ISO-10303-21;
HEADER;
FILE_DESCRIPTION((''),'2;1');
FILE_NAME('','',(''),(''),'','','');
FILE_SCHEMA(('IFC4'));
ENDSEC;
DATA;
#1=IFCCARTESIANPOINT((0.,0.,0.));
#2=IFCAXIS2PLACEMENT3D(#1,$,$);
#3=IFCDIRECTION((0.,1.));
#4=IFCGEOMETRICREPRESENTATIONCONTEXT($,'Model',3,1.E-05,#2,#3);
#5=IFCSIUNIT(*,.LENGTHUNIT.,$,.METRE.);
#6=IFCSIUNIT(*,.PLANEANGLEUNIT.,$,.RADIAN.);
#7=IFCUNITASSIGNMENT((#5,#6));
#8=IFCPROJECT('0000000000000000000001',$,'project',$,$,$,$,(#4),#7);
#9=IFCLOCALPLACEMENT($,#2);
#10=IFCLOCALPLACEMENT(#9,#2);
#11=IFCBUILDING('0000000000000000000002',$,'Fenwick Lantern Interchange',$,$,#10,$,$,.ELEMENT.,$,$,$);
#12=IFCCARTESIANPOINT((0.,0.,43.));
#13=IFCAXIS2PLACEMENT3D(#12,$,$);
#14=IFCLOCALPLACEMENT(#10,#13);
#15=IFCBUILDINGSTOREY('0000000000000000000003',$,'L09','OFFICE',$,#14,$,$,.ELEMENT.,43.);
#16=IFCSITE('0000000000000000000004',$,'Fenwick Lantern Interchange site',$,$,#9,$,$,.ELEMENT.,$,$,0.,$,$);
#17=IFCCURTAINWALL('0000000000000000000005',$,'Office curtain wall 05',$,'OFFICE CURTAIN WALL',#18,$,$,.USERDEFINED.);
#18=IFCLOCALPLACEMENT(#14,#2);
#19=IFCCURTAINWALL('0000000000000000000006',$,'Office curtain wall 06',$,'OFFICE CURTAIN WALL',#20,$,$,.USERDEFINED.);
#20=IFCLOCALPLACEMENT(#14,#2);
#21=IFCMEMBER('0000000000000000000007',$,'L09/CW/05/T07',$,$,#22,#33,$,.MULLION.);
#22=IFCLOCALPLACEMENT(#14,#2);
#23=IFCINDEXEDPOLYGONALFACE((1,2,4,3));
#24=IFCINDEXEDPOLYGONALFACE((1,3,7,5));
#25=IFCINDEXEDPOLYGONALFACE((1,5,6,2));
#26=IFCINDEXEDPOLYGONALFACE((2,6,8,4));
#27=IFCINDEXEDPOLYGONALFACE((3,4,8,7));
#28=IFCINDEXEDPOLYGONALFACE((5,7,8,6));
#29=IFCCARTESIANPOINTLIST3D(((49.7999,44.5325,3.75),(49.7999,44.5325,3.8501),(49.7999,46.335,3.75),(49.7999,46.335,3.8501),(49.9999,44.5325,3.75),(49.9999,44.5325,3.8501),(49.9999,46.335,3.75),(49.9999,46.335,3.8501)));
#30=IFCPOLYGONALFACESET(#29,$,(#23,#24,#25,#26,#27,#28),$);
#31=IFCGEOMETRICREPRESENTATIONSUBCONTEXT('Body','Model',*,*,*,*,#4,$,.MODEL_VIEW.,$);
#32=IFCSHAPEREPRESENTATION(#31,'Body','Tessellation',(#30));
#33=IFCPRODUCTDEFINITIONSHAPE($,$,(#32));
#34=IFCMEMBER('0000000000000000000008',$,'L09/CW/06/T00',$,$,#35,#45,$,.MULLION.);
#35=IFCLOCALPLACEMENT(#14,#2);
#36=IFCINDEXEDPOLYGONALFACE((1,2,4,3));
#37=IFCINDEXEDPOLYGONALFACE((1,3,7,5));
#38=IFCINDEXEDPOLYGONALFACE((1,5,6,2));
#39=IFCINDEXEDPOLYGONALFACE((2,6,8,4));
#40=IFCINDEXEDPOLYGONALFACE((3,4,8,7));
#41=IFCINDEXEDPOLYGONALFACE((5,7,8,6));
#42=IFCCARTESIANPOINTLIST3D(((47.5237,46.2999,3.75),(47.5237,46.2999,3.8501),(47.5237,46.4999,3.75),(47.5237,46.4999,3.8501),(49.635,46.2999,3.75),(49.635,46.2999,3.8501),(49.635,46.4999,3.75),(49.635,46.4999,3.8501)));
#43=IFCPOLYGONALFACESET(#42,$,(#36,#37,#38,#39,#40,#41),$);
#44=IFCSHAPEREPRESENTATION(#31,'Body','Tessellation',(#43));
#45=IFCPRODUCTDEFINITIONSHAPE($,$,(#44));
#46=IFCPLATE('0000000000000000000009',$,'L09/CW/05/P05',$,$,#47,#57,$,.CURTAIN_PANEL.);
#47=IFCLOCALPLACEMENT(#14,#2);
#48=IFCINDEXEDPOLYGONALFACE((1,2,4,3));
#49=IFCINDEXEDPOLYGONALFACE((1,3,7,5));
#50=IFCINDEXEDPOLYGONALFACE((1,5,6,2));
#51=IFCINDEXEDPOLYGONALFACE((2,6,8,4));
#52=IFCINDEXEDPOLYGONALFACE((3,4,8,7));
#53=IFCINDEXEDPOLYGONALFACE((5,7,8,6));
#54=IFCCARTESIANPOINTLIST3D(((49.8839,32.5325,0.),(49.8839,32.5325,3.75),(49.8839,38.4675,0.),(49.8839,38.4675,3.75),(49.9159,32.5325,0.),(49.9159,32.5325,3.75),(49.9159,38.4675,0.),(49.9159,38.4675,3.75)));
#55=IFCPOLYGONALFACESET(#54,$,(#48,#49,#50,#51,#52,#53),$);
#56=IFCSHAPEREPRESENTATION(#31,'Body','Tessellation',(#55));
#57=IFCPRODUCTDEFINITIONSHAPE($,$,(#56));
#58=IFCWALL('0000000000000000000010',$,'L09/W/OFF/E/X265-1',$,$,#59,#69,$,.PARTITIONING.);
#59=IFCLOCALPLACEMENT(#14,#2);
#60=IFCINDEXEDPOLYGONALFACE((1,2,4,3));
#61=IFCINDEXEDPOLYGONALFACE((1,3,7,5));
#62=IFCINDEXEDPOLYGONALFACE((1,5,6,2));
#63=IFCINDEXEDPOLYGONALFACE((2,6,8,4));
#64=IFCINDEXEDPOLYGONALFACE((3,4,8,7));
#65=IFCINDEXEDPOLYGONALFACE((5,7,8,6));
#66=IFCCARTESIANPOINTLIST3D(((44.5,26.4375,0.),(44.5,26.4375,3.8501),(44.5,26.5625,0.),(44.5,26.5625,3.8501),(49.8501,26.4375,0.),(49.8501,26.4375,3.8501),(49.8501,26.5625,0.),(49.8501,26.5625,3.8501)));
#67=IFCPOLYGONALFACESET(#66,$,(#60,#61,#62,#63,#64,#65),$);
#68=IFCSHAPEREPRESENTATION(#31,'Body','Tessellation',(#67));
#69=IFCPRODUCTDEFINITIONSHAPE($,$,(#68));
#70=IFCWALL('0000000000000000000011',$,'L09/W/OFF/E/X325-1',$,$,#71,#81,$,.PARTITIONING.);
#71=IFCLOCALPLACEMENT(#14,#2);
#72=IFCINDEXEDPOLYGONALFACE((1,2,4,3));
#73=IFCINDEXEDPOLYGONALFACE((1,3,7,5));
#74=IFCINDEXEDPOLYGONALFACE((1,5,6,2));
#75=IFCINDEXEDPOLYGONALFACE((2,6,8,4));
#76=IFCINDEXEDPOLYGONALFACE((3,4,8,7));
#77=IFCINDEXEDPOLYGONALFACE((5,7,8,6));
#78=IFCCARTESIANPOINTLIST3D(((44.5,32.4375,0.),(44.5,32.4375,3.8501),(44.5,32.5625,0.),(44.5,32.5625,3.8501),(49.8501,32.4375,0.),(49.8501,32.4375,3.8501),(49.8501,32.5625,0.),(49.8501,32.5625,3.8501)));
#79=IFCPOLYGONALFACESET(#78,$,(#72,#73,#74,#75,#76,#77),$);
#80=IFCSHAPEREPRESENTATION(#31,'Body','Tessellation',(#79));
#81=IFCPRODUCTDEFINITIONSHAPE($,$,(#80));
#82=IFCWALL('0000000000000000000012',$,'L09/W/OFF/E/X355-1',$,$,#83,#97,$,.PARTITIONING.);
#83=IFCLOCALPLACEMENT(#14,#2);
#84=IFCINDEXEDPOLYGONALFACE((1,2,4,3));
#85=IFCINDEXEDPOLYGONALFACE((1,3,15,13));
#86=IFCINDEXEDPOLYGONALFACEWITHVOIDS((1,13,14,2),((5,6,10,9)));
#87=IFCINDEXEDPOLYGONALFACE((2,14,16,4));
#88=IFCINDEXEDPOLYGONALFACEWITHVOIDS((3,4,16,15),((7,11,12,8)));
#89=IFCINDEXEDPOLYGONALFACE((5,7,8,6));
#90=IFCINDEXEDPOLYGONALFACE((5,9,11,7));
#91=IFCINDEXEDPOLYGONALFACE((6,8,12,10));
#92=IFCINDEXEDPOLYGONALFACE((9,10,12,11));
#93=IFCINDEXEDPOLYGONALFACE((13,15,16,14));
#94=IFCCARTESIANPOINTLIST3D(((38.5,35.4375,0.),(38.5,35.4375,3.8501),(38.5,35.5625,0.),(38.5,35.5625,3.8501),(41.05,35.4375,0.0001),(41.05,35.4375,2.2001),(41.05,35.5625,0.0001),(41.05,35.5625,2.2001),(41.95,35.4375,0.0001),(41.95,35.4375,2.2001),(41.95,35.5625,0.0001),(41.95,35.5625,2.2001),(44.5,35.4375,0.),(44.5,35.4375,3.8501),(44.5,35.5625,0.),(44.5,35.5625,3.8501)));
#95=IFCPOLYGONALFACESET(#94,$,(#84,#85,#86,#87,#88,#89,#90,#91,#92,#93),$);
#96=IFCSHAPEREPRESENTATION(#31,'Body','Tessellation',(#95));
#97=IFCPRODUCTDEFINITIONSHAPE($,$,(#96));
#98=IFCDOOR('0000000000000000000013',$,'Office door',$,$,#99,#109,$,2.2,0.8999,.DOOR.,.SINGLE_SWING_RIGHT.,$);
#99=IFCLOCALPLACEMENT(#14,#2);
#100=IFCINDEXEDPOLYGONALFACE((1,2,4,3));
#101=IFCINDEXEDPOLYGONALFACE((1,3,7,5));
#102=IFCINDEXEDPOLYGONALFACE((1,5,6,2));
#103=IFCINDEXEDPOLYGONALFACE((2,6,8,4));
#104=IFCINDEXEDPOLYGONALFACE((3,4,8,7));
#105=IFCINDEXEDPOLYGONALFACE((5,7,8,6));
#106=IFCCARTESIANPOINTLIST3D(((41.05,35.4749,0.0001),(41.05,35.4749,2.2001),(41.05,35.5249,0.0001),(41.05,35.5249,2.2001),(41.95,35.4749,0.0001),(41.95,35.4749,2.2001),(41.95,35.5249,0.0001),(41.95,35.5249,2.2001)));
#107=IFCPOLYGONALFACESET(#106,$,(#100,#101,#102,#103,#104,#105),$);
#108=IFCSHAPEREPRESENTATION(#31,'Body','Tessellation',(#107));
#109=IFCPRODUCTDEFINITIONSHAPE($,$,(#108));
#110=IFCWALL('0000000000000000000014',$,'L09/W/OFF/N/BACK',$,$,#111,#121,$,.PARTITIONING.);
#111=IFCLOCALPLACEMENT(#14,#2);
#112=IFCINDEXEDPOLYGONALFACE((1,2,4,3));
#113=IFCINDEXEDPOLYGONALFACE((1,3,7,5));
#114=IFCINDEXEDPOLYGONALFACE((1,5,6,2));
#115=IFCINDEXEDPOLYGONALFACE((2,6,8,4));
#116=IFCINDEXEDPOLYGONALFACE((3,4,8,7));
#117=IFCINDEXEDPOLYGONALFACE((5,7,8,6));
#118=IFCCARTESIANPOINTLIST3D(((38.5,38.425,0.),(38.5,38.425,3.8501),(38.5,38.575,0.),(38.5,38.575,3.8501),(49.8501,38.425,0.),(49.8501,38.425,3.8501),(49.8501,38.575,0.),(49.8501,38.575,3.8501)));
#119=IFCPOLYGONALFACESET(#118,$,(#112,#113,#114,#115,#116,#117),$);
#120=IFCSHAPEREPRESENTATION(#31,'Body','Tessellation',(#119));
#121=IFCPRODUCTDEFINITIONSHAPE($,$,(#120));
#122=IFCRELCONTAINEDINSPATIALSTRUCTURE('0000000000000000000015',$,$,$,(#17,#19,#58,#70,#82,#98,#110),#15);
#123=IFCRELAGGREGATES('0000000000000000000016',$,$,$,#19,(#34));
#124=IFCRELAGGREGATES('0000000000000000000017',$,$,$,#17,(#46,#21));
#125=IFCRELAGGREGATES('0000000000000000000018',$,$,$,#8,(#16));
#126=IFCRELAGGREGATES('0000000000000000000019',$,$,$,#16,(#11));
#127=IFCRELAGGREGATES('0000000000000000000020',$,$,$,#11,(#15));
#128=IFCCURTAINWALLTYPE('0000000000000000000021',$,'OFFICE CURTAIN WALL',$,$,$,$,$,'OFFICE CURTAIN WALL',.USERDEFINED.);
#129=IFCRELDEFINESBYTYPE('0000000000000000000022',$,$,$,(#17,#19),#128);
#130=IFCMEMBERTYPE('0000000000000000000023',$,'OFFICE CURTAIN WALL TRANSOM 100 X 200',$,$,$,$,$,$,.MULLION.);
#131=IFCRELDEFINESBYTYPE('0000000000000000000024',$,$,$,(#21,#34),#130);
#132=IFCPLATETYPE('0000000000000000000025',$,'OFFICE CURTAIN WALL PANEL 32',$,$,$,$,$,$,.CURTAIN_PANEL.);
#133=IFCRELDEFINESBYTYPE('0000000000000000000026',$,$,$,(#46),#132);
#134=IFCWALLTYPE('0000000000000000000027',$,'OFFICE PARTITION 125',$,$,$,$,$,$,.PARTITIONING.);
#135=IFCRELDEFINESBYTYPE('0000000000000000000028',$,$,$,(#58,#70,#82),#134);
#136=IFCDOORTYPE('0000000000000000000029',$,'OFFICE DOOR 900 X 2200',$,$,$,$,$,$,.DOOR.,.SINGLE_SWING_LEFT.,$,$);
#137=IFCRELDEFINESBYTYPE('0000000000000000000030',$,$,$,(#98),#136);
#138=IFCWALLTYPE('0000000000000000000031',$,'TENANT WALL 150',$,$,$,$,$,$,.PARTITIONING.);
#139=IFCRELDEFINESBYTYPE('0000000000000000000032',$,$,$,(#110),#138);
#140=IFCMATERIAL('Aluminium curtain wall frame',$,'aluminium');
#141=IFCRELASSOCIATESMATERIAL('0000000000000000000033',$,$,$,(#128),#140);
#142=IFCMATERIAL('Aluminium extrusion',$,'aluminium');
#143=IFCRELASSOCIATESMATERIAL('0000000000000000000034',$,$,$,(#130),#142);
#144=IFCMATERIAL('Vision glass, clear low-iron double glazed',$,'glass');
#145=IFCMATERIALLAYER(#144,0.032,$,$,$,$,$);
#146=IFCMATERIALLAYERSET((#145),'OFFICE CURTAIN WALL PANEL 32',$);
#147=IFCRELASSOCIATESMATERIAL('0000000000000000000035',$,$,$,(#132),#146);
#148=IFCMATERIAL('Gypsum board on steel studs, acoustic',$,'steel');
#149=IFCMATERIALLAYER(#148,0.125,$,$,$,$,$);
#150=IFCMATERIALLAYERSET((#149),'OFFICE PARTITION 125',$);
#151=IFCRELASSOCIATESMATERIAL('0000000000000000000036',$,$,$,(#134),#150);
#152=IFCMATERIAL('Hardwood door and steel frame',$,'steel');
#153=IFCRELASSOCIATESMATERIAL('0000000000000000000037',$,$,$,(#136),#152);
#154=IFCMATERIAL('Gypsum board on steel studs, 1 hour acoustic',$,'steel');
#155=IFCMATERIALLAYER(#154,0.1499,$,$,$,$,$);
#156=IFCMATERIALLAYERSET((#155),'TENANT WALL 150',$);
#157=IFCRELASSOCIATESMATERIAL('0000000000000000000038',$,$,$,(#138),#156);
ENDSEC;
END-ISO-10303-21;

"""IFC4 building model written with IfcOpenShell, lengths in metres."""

from ifc_helpers import new_model, si_unit, direction, frame, frame_2d, origin, origin_2d, place, context, subcontext, project, spatial, rectangle, extrude, material, layer, layer_set, material_profile, profile_set, type_object, element, fill, aggregate, save


model = new_model("IFC4")

# Units and contexts
model_context = context("Model", 3, precision=1e-05, world=origin(), true_north=direction((0.0, 1.0)))
body_context = subcontext(model_context, "Body", "Model", "MODEL_VIEW")
ifc_project = project(units=[si_unit("LENGTHUNIT", "METRE"), si_unit("PLANEANGLEUNIT", "RADIAN")], contexts=[model_context])

# Site, building, storey
site_placement = place(None, origin())
site = spatial("IfcSite", under=ifc_project, at=site_placement, Name="Fenwick Lantern Interchange site", CompositionType="ELEMENT", RefElevation=0.0)
building_placement = place(site_placement, origin())
building = spatial("IfcBuilding", under=site, at=building_placement, Name="Fenwick Lantern Interchange", CompositionType="ELEMENT")
storey_placement = place(building_placement, frame((0.0, 0.0, 43.0)))
storey = spatial("IfcBuildingStorey", under=building, at=storey_placement, Name="L09", Description="OFFICE", CompositionType="ELEMENT", Elevation=43.0)

# Curtain wall
ifc_material_1 = material(Name="Aluminium curtain wall frame", Category="aluminium")
curtain_wall_type = type_object("IfcCurtainWallType", Name="OFFICE CURTAIN WALL", ElementType="OFFICE CURTAIN WALL", PredefinedType="USERDEFINED", material=ifc_material_1)
curtain_wall_1_placement = place(storey_placement, origin())
curtain_wall_1 = element("IfcCurtainWall", 1, at=curtain_wall_1_placement, inside=storey, type_object=curtain_wall_type, Name="Office curtain wall 05", ObjectType="OFFICE CURTAIN WALL", PredefinedType="USERDEFINED")
ifc_material_2 = material(Name="Aluminium extrusion", Category="aluminium")

# Curtain wall
curtain_wall_2_placement = place(storey_placement, origin())
curtain_wall_2 = element("IfcCurtainWall", 2, at=curtain_wall_2_placement, inside=storey, type_object=curtain_wall_type, Name="Office curtain wall 06", ObjectType="OFFICE CURTAIN WALL", PredefinedType="USERDEFINED")

# Members
ifc_material_profile_1 = material_profile(ifc_material_2, rectangle(XDim=0.2, YDim=0.1001, at=origin_2d()), Name="OFFICE CURTAIN WALL TRANSOM 100 X 200")
ifc_profile_set_1 = profile_set([ifc_material_profile_1], Name="Aluminium extrusion")
member_type_1 = type_object("IfcMemberType", Name="OFFICE CURTAIN WALL TRANSOM 100 X 200", PredefinedType="MULLION", material=ifc_profile_set_1)
member_1_placement = place(storey_placement, frame((49.8999, 44.5325, 3.8), z_axis=(0.0, 1.0, 0.0), x_axis=(-1.0, 0.0, 0.0)))
member_1 = element("IfcMember", 3, at=member_1_placement, type_object=member_type_1, Name="L09/CW/05/T07", PredefinedType="MULLION", context=body_context, shape_type="SweptSolid", body=[
    extrude(rectangle(XDim=0.2, YDim=0.1001, at=origin_2d()), origin(), (0.0, 0.0, 1.0), 1.8025),
])
member_2_placement = place(storey_placement, frame((49.635, 46.3999, 3.8), z_axis=(-1.0, 0.0, 0.0), x_axis=(0.0, -1.0, 0.0)))
member_2 = element("IfcMember", 4, at=member_2_placement, type_object=member_type_1, Name="L09/CW/06/T00", PredefinedType="MULLION", context=body_context, shape_type="SweptSolid", body=[
    extrude(rectangle(XDim=0.2, YDim=0.1001, at=origin_2d()), origin(), (0.0, 0.0, 1.0), 2.1113),
])
aggregate(curtain_wall_2, [member_2])

# Plate
ifc_material_3 = material(Name="Vision glass, clear low-iron double glazed", Category="glass")
ifc_layer_1 = layer(ifc_material_3, 0.032)
ifc_layer_set_1 = layer_set([ifc_layer_1], Name="OFFICE CURTAIN WALL PANEL 32")
plate_type = type_object("IfcPlateType", Name="OFFICE CURTAIN WALL PANEL 32", PredefinedType="CURTAIN_PANEL", material=ifc_layer_set_1)
plate_placement = place(storey_placement, frame((49.8999, 35.5, 0.0), z_axis=(0.0, 0.0, 1.0), x_axis=(0.0, 1.0, 0.0)))
plate = element("IfcPlate", 5, at=plate_placement, type_object=plate_type, Name="L09/CW/05/P05", PredefinedType="CURTAIN_PANEL", context=body_context, shape_type="SweptSolid", body=[
    extrude(rectangle(XDim=5.9351, YDim=0.032, at=origin_2d()), origin(), (0.0, 0.0, 1.0), 3.75),
])
aggregate(curtain_wall_1, [plate, member_1])

# Walls
ifc_material_4 = material(Name="Gypsum board on steel studs, acoustic", Category="steel")
ifc_layer_2 = layer(ifc_material_4, 0.125)
ifc_layer_set_2 = layer_set([ifc_layer_2], Name="OFFICE PARTITION 125")
wall_type_1 = type_object("IfcWallType", Name="OFFICE PARTITION 125", PredefinedType="PARTITIONING", material=ifc_layer_set_2)
for number, where, z_axis, x_axis, name in (
    (6, (49.8501, 26.5, 0.0), (0.0, 0.0, 1.0), (-1.0, 0.0, 0.0), "L09/W/OFF/E/X265-1"),
    (7, (49.8501, 32.5, 0.0), (0.0, 0.0, 1.0), (-1.0, 0.0, 0.0), "L09/W/OFF/E/X325-1"),
):
    element("IfcWall", number, at=place(storey_placement, frame(where, z_axis=z_axis, x_axis=x_axis)), inside=storey, type_object=wall_type_1, Name=name, PredefinedType="PARTITIONING", context=body_context, shape_type="SweptSolid", body=[
        extrude(rectangle(XDim=5.3501, YDim=0.125, at=frame_2d((2.675, 0.0))), origin(), (0.0, 0.0, 1.0), 3.8501),
    ])

# Wall, opening, door
wall_1_placement = place(storey_placement, frame((44.5, 35.5, 0.0), z_axis=(0.0, 0.0, 1.0), x_axis=(-1.0, 0.0, 0.0)))
wall_1 = element("IfcWall", 8, at=wall_1_placement, inside=storey, type_object=wall_type_1, Name="L09/W/OFF/E/X355-1", PredefinedType="PARTITIONING", context=body_context, shape_type="SweptSolid", body=[
    extrude(rectangle(XDim=6.0, YDim=0.125, at=frame_2d((3.0, 0.0))), origin(), (0.0, 0.0, 1.0), 3.8501),
])
opening_placement = place(wall_1_placement, frame((2.55, 0.0, 0.0)))
opening = element("IfcOpeningElement", 9, at=opening_placement, cuts=wall_1, PredefinedType="OPENING", context=body_context, shape_type="SweptSolid", body=[
    extrude(rectangle(XDim=0.8999, YDim=2.2, at=frame_2d((0.45, 1.1001))), frame((0.0, 0.0725, 0.0), z_axis=(0.0, -1.0, 0.0), x_axis=(1.0, 0.0, 0.0)), (0.0, 0.0, 1.0), 0.145),
])
ifc_material_5 = material(Name="Hardwood door and steel frame", Category="steel")
door_type = type_object("IfcDoorType", Name="OFFICE DOOR 900 X 2200", OperationType="SINGLE_SWING_LEFT", PredefinedType="DOOR", material=ifc_material_5)
door_placement = place(opening_placement, frame((0.8999, 0.0, 0.0), z_axis=(0.0, 0.0, 1.0), x_axis=(-1.0, 0.0, 0.0)))
door = element("IfcDoor", 10, at=door_placement, inside=storey, type_object=door_type, Name="Office door", OperationType="SINGLE_SWING_RIGHT", OverallHeight=2.2, OverallWidth=0.8999, PredefinedType="DOOR", context=body_context, shape_type="SweptSolid", body=[
    extrude(rectangle(XDim=0.8999, YDim=2.2, at=frame_2d((0.45, 1.1001))), frame((0.0, 0.0249, 0.0), z_axis=(0.0, -1.0, 0.0), x_axis=(1.0, 0.0, 0.0)), (0.0, 0.0, 1.0), 0.05),
])
fill(opening, door)

# Wall
ifc_material_6 = material(Name="Gypsum board on steel studs, 1 hour acoustic", Category="steel")
ifc_layer_3 = layer(ifc_material_6, 0.1499)
ifc_layer_set_3 = layer_set([ifc_layer_3], Name="TENANT WALL 150")
wall_type_2 = type_object("IfcWallType", Name="TENANT WALL 150", PredefinedType="PARTITIONING", material=ifc_layer_set_3)
wall_2_placement = place(storey_placement, frame((49.8501, 38.5, 0.0), z_axis=(0.0, 0.0, 1.0), x_axis=(-1.0, 0.0, 0.0)))
element("IfcWall", 11, at=wall_2_placement, inside=storey, type_object=wall_type_2, Name="L09/W/OFF/N/BACK", PredefinedType="PARTITIONING", context=body_context, shape_type="SweptSolid", body=[
    extrude(rectangle(XDim=11.3501, YDim=0.1499, at=frame_2d((5.675, 0.0))), origin(), (0.0, 0.0, 1.0), 3.8501),
])

save(model, "model.ifc")
